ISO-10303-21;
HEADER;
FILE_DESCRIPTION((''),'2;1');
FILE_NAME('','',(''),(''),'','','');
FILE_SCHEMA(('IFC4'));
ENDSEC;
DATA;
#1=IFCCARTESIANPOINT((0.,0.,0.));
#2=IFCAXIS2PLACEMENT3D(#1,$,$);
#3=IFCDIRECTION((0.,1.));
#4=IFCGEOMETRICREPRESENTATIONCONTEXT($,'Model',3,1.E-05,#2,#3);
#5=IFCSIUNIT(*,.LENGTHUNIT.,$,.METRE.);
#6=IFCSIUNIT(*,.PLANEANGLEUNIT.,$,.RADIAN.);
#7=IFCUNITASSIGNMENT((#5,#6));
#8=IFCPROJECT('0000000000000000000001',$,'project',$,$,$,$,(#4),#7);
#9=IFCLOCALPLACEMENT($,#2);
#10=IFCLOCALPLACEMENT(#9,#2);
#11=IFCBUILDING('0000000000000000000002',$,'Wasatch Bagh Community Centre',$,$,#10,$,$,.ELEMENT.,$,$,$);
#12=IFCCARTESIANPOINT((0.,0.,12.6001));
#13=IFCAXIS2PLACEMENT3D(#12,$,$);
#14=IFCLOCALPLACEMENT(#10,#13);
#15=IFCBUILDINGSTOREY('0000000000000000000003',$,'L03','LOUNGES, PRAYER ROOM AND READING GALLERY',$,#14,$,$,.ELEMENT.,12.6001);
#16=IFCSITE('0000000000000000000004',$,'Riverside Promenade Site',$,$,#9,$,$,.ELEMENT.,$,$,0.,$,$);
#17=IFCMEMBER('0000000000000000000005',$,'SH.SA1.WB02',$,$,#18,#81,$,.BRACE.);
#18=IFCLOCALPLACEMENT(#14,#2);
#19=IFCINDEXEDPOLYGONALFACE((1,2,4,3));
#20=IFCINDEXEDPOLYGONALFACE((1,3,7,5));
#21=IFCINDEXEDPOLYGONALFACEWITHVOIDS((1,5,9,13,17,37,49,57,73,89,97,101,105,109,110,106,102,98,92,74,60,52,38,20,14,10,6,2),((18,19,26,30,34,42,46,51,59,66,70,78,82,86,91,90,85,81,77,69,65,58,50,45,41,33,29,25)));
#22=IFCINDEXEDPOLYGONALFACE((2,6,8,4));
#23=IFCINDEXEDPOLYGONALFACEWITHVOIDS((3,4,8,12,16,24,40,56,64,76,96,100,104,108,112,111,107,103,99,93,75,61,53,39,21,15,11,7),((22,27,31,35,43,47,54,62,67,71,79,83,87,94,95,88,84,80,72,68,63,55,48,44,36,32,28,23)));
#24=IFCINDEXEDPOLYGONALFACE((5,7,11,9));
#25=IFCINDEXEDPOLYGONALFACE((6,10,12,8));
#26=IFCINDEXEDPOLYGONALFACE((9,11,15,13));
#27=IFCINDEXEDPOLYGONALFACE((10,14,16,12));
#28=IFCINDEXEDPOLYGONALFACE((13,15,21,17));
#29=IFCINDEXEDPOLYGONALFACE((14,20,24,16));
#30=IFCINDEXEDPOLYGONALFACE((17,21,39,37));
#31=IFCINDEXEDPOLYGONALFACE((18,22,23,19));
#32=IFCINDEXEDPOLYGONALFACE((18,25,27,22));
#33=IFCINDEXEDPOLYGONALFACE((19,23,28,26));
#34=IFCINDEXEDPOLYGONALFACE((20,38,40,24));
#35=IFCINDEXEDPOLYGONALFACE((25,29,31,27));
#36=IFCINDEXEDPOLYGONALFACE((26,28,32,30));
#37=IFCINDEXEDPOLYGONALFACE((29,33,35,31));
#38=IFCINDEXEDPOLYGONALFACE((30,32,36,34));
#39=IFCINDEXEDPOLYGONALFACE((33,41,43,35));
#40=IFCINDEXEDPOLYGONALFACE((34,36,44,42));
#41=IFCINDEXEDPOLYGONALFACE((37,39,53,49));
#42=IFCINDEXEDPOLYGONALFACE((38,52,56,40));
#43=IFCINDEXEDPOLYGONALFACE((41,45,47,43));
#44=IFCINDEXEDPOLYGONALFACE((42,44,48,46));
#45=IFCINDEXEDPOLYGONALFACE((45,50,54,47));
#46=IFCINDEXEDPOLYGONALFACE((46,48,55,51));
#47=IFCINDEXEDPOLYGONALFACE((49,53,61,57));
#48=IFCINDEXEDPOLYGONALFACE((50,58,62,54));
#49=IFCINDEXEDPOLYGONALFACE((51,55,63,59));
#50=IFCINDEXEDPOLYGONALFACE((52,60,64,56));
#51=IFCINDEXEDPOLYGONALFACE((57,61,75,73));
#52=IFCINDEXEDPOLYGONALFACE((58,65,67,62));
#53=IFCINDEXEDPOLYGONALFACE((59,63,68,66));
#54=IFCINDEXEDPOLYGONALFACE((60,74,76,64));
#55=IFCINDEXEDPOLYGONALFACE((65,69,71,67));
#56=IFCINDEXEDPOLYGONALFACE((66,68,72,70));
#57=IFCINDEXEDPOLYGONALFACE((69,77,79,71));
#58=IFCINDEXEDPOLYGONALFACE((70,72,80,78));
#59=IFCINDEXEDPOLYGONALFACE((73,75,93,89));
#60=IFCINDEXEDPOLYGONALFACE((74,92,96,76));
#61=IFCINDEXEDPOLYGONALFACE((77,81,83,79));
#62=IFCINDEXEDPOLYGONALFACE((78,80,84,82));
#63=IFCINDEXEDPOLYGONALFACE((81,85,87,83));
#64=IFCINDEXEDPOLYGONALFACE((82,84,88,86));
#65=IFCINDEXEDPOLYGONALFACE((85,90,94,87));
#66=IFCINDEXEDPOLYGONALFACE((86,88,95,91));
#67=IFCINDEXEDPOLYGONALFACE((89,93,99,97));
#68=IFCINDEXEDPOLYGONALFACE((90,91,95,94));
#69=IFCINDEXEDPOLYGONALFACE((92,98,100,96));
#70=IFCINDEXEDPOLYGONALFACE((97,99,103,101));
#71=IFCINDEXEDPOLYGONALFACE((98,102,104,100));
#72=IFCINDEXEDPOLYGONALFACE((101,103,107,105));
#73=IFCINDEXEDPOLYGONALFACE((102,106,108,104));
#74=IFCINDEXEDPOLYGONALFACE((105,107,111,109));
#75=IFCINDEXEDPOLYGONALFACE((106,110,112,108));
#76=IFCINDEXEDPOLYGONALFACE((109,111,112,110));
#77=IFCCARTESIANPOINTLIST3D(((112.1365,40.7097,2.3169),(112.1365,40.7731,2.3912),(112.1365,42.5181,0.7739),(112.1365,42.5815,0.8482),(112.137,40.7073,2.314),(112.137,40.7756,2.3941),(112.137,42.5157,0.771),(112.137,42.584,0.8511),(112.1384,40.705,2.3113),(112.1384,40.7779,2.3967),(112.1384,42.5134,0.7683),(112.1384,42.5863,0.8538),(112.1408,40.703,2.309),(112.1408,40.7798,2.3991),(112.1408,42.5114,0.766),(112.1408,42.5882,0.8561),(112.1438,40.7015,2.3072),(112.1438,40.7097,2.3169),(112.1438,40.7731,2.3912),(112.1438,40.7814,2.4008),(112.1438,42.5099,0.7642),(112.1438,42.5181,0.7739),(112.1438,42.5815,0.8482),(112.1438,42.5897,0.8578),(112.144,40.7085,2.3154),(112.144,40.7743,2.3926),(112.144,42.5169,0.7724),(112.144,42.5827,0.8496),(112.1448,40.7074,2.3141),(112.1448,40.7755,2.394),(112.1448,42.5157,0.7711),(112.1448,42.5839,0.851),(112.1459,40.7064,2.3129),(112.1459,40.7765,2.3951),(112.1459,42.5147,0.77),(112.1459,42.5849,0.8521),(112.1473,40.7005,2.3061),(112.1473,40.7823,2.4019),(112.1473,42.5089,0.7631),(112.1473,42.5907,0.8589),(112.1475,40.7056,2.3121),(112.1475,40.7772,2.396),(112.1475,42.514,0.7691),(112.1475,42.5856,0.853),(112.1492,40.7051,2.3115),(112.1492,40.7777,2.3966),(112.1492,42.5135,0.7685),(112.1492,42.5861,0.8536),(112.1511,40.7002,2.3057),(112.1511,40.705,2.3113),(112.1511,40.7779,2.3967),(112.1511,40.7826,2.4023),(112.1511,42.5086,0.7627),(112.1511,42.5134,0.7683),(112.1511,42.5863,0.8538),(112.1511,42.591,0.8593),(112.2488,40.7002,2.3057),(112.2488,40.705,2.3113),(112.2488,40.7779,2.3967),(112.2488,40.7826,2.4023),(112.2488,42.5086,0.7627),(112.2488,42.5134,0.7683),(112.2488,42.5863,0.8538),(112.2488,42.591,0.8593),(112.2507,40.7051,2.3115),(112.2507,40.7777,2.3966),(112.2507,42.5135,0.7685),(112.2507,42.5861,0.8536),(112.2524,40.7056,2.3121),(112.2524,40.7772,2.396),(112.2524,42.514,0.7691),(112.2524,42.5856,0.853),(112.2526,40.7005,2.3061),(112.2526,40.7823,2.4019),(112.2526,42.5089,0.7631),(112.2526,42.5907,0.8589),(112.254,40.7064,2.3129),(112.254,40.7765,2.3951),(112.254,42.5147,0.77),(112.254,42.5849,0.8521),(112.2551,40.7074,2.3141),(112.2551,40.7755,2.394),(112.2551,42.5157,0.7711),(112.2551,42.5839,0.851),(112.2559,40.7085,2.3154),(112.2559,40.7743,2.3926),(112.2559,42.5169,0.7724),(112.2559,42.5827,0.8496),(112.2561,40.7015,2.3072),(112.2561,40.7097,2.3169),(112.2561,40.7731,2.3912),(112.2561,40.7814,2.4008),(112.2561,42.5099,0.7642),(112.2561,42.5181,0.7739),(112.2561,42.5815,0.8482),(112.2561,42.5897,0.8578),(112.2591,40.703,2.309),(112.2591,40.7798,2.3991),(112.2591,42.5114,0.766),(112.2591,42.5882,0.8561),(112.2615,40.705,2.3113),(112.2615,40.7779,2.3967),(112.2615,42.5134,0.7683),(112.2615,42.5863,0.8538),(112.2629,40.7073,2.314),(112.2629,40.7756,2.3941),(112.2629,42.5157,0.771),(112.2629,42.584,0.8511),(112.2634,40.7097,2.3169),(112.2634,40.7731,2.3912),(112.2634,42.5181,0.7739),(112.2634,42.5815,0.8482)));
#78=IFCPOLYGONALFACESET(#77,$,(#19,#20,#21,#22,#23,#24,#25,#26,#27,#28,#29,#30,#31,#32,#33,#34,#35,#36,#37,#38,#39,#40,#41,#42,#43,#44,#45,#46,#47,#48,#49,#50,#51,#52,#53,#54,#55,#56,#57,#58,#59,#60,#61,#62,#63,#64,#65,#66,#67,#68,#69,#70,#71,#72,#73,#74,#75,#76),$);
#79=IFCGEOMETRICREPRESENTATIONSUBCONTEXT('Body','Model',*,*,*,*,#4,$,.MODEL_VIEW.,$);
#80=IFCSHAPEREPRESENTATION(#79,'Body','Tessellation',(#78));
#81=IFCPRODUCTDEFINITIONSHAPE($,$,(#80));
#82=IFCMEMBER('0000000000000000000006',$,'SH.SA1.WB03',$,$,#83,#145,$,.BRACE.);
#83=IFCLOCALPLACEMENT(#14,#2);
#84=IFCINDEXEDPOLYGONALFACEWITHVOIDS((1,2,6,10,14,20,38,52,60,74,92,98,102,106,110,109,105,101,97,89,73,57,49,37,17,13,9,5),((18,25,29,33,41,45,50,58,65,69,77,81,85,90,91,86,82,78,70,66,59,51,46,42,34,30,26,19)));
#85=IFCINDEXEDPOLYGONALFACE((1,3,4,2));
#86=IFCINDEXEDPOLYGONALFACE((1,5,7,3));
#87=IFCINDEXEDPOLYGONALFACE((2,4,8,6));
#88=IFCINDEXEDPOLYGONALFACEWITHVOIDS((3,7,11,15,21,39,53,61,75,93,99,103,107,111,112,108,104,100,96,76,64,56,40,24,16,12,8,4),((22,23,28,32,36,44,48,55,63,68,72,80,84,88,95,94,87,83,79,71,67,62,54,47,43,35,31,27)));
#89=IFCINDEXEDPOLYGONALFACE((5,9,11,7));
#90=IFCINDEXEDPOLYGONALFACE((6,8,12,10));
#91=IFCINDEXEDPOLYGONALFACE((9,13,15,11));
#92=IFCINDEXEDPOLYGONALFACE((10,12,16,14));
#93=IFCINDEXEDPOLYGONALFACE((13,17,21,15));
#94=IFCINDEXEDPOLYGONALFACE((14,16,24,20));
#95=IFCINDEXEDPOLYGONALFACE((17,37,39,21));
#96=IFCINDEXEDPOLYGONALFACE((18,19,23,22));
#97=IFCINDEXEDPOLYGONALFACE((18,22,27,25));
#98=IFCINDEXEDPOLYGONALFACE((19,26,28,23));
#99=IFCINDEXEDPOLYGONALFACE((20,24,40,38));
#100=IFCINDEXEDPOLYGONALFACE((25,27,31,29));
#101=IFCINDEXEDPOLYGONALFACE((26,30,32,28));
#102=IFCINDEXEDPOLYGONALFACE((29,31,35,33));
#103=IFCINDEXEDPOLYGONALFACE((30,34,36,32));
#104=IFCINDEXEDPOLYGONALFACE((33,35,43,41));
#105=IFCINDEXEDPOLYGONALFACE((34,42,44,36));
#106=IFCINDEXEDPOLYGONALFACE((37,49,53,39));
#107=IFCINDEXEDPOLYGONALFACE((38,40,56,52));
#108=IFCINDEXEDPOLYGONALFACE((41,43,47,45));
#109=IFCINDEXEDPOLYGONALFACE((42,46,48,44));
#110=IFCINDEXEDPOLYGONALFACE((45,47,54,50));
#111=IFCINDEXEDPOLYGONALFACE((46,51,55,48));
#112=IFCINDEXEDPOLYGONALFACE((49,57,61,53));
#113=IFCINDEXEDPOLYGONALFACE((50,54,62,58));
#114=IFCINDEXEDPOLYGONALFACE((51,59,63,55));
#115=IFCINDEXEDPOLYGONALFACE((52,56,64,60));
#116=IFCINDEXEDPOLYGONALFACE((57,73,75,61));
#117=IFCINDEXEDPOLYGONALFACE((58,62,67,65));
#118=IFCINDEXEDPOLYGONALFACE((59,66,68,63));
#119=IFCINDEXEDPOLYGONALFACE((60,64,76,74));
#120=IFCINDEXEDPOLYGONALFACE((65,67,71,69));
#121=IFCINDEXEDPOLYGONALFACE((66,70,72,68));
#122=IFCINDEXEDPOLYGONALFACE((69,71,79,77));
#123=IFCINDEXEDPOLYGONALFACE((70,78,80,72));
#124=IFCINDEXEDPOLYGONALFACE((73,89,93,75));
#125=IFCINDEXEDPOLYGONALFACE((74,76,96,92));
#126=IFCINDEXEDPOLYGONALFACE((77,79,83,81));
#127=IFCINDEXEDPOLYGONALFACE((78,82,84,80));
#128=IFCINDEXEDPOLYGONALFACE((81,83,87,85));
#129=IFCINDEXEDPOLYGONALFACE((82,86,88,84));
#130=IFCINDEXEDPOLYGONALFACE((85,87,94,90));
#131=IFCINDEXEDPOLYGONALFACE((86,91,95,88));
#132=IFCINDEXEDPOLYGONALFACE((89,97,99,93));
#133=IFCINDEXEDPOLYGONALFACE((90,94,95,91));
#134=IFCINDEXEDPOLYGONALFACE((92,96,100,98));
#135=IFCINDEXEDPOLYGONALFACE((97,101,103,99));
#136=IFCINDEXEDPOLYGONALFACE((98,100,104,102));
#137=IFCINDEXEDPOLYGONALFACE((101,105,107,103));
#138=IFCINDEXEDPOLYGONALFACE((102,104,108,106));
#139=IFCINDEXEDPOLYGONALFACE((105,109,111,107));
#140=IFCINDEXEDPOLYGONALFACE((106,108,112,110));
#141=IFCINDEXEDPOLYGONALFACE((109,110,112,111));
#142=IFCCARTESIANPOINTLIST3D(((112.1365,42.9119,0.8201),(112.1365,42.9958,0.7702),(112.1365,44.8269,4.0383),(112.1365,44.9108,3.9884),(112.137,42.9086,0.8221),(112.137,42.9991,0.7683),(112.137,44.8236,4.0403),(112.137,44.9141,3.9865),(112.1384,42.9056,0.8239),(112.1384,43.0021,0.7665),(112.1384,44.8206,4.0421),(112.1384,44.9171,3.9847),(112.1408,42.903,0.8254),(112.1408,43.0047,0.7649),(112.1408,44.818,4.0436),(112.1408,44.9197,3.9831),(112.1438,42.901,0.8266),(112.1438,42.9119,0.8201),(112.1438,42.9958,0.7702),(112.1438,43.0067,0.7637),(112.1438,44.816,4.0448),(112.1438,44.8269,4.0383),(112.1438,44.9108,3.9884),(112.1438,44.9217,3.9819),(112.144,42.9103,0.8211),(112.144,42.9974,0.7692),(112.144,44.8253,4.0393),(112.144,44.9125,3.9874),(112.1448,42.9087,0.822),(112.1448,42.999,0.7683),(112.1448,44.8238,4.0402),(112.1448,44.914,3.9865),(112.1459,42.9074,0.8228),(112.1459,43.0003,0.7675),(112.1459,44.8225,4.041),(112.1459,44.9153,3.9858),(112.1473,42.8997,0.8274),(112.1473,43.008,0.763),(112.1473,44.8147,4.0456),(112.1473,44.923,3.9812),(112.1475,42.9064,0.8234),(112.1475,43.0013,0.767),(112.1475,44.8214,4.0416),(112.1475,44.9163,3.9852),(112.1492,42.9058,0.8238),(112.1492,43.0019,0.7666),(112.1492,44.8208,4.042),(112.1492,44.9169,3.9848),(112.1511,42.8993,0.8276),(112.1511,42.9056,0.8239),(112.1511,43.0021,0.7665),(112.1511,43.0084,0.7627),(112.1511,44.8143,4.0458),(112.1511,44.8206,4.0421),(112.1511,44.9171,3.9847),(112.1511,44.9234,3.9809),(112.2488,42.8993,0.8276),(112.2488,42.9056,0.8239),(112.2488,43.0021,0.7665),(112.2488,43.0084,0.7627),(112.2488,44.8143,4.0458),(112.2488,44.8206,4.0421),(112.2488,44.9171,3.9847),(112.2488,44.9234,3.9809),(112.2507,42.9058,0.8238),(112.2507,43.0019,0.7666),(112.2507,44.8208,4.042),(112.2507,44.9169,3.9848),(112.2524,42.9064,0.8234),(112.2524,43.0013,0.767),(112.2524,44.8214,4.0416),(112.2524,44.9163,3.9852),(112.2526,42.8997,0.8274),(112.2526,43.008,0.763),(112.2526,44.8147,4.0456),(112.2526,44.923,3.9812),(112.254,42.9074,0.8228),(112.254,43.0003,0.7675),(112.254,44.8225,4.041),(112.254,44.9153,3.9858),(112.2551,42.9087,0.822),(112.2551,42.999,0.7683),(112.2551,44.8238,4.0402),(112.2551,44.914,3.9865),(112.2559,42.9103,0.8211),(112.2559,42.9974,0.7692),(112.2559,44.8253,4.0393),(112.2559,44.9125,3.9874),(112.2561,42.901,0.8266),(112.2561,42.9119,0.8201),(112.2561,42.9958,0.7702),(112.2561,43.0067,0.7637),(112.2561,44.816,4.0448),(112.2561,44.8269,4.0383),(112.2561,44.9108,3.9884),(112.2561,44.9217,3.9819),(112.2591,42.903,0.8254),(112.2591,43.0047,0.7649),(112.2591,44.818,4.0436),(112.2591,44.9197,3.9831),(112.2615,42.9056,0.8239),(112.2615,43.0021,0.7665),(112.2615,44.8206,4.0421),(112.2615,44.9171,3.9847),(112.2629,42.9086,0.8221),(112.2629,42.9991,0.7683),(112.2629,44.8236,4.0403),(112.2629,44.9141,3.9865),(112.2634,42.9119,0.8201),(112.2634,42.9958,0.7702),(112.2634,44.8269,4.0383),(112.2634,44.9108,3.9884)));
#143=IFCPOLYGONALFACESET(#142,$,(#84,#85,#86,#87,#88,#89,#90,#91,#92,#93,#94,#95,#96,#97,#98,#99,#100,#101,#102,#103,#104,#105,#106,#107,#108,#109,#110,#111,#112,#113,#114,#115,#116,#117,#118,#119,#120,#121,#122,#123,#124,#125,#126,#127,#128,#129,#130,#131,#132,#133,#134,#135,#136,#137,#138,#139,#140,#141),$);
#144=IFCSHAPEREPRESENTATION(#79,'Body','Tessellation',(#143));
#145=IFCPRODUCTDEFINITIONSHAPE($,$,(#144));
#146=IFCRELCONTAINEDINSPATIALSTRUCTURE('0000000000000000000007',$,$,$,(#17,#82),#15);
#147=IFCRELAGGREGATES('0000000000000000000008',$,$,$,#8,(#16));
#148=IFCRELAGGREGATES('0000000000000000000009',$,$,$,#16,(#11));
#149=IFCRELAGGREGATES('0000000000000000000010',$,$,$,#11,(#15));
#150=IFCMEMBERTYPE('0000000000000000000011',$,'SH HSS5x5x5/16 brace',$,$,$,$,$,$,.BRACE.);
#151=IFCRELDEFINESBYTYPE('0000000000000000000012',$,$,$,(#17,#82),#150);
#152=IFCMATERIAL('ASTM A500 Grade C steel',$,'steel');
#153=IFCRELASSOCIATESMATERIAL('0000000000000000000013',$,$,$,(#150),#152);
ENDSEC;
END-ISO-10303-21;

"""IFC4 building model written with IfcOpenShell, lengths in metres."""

from ifc_helpers import new_model, si_unit, direction, frame, origin, origin_2d, place, context, subcontext, project, spatial, hollow_rectangle, extrude, material, material_profile, profile_set, type_object, element, save


model = new_model("IFC4")

# Units and contexts
model_context = context("Model", 3, precision=1e-05, world=origin(), true_north=direction((0.0, 1.0)))
body_context = subcontext(model_context, "Body", "Model", "MODEL_VIEW")
ifc_project = project(units=[si_unit("LENGTHUNIT", "METRE"), si_unit("PLANEANGLEUNIT", "RADIAN")], contexts=[model_context])

# Site, building, storey
site_placement = place(None, origin())
site = spatial("IfcSite", under=ifc_project, at=site_placement, Name="Riverside Promenade Site", CompositionType="ELEMENT", RefElevation=0.0)
building_placement = place(site_placement, origin())
building = spatial("IfcBuilding", under=site, at=building_placement, Name="Wasatch Bagh Community Centre", CompositionType="ELEMENT")
storey_placement = place(building_placement, frame((0.0, 0.0, 12.6001)))
storey = spatial("IfcBuildingStorey", under=building, at=storey_placement, Name="L03", Description="LOUNGES, PRAYER ROOM AND READING GALLERY", CompositionType="ELEMENT", Elevation=12.6001)

# Members
ifc_material_1 = material(Name="ASTM A500 Grade C steel", Category="steel")
ifc_material_profile_1 = material_profile(ifc_material_1, hollow_rectangle(XDim=0.127, YDim=0.127, WallThickness=0.0073, InnerFilletRadius=0.0073, OuterFilletRadius=0.0146, at=origin_2d()), Name="HSS5x5x5/16")
ifc_profile_set_1 = profile_set([ifc_material_profile_1], Name="ASTM A500 Grade C steel")
member_type_1 = type_object("IfcMemberType", Name="SH HSS5x5x5/16 brace", PredefinedType="BRACE", material=ifc_profile_set_1)
member_1_placement = place(storey_placement, frame((112.2, 42.5498, 0.811), z_axis=(0.0, -0.760719, 0.649081), x_axis=(1.0, 0.0, 0.0)))
element("IfcMember", 1, at=member_1_placement, inside=storey, type_object=member_type_1, Name="SH.SA1.WB02", PredefinedType="BRACE", context=body_context, shape_type="SweptSolid", body=[
    extrude(hollow_rectangle(XDim=0.127, YDim=0.127, WallThickness=0.0073, InnerFilletRadius=0.0073, OuterFilletRadius=0.0146, at=origin_2d()), origin(), (0.0, 0.0, 1.0), 2.3772),
])
member_2_placement = place(storey_placement, frame((112.2, 42.9539, 0.7952), z_axis=(0.0, 0.511367, 0.859362), x_axis=(-1.0, 0.0, 0.0)))
element("IfcMember", 2, at=member_2_placement, inside=storey, type_object=member_type_1, Name="SH.SA1.WB03", PredefinedType="BRACE", context=body_context, shape_type="SweptSolid", body=[
    extrude(hollow_rectangle(XDim=0.127, YDim=0.127, WallThickness=0.0073, InnerFilletRadius=0.0073, OuterFilletRadius=0.0146, at=origin_2d()), origin(), (0.0, 0.0, 1.0), 3.7449),
])

save(model, "model.ifc")
